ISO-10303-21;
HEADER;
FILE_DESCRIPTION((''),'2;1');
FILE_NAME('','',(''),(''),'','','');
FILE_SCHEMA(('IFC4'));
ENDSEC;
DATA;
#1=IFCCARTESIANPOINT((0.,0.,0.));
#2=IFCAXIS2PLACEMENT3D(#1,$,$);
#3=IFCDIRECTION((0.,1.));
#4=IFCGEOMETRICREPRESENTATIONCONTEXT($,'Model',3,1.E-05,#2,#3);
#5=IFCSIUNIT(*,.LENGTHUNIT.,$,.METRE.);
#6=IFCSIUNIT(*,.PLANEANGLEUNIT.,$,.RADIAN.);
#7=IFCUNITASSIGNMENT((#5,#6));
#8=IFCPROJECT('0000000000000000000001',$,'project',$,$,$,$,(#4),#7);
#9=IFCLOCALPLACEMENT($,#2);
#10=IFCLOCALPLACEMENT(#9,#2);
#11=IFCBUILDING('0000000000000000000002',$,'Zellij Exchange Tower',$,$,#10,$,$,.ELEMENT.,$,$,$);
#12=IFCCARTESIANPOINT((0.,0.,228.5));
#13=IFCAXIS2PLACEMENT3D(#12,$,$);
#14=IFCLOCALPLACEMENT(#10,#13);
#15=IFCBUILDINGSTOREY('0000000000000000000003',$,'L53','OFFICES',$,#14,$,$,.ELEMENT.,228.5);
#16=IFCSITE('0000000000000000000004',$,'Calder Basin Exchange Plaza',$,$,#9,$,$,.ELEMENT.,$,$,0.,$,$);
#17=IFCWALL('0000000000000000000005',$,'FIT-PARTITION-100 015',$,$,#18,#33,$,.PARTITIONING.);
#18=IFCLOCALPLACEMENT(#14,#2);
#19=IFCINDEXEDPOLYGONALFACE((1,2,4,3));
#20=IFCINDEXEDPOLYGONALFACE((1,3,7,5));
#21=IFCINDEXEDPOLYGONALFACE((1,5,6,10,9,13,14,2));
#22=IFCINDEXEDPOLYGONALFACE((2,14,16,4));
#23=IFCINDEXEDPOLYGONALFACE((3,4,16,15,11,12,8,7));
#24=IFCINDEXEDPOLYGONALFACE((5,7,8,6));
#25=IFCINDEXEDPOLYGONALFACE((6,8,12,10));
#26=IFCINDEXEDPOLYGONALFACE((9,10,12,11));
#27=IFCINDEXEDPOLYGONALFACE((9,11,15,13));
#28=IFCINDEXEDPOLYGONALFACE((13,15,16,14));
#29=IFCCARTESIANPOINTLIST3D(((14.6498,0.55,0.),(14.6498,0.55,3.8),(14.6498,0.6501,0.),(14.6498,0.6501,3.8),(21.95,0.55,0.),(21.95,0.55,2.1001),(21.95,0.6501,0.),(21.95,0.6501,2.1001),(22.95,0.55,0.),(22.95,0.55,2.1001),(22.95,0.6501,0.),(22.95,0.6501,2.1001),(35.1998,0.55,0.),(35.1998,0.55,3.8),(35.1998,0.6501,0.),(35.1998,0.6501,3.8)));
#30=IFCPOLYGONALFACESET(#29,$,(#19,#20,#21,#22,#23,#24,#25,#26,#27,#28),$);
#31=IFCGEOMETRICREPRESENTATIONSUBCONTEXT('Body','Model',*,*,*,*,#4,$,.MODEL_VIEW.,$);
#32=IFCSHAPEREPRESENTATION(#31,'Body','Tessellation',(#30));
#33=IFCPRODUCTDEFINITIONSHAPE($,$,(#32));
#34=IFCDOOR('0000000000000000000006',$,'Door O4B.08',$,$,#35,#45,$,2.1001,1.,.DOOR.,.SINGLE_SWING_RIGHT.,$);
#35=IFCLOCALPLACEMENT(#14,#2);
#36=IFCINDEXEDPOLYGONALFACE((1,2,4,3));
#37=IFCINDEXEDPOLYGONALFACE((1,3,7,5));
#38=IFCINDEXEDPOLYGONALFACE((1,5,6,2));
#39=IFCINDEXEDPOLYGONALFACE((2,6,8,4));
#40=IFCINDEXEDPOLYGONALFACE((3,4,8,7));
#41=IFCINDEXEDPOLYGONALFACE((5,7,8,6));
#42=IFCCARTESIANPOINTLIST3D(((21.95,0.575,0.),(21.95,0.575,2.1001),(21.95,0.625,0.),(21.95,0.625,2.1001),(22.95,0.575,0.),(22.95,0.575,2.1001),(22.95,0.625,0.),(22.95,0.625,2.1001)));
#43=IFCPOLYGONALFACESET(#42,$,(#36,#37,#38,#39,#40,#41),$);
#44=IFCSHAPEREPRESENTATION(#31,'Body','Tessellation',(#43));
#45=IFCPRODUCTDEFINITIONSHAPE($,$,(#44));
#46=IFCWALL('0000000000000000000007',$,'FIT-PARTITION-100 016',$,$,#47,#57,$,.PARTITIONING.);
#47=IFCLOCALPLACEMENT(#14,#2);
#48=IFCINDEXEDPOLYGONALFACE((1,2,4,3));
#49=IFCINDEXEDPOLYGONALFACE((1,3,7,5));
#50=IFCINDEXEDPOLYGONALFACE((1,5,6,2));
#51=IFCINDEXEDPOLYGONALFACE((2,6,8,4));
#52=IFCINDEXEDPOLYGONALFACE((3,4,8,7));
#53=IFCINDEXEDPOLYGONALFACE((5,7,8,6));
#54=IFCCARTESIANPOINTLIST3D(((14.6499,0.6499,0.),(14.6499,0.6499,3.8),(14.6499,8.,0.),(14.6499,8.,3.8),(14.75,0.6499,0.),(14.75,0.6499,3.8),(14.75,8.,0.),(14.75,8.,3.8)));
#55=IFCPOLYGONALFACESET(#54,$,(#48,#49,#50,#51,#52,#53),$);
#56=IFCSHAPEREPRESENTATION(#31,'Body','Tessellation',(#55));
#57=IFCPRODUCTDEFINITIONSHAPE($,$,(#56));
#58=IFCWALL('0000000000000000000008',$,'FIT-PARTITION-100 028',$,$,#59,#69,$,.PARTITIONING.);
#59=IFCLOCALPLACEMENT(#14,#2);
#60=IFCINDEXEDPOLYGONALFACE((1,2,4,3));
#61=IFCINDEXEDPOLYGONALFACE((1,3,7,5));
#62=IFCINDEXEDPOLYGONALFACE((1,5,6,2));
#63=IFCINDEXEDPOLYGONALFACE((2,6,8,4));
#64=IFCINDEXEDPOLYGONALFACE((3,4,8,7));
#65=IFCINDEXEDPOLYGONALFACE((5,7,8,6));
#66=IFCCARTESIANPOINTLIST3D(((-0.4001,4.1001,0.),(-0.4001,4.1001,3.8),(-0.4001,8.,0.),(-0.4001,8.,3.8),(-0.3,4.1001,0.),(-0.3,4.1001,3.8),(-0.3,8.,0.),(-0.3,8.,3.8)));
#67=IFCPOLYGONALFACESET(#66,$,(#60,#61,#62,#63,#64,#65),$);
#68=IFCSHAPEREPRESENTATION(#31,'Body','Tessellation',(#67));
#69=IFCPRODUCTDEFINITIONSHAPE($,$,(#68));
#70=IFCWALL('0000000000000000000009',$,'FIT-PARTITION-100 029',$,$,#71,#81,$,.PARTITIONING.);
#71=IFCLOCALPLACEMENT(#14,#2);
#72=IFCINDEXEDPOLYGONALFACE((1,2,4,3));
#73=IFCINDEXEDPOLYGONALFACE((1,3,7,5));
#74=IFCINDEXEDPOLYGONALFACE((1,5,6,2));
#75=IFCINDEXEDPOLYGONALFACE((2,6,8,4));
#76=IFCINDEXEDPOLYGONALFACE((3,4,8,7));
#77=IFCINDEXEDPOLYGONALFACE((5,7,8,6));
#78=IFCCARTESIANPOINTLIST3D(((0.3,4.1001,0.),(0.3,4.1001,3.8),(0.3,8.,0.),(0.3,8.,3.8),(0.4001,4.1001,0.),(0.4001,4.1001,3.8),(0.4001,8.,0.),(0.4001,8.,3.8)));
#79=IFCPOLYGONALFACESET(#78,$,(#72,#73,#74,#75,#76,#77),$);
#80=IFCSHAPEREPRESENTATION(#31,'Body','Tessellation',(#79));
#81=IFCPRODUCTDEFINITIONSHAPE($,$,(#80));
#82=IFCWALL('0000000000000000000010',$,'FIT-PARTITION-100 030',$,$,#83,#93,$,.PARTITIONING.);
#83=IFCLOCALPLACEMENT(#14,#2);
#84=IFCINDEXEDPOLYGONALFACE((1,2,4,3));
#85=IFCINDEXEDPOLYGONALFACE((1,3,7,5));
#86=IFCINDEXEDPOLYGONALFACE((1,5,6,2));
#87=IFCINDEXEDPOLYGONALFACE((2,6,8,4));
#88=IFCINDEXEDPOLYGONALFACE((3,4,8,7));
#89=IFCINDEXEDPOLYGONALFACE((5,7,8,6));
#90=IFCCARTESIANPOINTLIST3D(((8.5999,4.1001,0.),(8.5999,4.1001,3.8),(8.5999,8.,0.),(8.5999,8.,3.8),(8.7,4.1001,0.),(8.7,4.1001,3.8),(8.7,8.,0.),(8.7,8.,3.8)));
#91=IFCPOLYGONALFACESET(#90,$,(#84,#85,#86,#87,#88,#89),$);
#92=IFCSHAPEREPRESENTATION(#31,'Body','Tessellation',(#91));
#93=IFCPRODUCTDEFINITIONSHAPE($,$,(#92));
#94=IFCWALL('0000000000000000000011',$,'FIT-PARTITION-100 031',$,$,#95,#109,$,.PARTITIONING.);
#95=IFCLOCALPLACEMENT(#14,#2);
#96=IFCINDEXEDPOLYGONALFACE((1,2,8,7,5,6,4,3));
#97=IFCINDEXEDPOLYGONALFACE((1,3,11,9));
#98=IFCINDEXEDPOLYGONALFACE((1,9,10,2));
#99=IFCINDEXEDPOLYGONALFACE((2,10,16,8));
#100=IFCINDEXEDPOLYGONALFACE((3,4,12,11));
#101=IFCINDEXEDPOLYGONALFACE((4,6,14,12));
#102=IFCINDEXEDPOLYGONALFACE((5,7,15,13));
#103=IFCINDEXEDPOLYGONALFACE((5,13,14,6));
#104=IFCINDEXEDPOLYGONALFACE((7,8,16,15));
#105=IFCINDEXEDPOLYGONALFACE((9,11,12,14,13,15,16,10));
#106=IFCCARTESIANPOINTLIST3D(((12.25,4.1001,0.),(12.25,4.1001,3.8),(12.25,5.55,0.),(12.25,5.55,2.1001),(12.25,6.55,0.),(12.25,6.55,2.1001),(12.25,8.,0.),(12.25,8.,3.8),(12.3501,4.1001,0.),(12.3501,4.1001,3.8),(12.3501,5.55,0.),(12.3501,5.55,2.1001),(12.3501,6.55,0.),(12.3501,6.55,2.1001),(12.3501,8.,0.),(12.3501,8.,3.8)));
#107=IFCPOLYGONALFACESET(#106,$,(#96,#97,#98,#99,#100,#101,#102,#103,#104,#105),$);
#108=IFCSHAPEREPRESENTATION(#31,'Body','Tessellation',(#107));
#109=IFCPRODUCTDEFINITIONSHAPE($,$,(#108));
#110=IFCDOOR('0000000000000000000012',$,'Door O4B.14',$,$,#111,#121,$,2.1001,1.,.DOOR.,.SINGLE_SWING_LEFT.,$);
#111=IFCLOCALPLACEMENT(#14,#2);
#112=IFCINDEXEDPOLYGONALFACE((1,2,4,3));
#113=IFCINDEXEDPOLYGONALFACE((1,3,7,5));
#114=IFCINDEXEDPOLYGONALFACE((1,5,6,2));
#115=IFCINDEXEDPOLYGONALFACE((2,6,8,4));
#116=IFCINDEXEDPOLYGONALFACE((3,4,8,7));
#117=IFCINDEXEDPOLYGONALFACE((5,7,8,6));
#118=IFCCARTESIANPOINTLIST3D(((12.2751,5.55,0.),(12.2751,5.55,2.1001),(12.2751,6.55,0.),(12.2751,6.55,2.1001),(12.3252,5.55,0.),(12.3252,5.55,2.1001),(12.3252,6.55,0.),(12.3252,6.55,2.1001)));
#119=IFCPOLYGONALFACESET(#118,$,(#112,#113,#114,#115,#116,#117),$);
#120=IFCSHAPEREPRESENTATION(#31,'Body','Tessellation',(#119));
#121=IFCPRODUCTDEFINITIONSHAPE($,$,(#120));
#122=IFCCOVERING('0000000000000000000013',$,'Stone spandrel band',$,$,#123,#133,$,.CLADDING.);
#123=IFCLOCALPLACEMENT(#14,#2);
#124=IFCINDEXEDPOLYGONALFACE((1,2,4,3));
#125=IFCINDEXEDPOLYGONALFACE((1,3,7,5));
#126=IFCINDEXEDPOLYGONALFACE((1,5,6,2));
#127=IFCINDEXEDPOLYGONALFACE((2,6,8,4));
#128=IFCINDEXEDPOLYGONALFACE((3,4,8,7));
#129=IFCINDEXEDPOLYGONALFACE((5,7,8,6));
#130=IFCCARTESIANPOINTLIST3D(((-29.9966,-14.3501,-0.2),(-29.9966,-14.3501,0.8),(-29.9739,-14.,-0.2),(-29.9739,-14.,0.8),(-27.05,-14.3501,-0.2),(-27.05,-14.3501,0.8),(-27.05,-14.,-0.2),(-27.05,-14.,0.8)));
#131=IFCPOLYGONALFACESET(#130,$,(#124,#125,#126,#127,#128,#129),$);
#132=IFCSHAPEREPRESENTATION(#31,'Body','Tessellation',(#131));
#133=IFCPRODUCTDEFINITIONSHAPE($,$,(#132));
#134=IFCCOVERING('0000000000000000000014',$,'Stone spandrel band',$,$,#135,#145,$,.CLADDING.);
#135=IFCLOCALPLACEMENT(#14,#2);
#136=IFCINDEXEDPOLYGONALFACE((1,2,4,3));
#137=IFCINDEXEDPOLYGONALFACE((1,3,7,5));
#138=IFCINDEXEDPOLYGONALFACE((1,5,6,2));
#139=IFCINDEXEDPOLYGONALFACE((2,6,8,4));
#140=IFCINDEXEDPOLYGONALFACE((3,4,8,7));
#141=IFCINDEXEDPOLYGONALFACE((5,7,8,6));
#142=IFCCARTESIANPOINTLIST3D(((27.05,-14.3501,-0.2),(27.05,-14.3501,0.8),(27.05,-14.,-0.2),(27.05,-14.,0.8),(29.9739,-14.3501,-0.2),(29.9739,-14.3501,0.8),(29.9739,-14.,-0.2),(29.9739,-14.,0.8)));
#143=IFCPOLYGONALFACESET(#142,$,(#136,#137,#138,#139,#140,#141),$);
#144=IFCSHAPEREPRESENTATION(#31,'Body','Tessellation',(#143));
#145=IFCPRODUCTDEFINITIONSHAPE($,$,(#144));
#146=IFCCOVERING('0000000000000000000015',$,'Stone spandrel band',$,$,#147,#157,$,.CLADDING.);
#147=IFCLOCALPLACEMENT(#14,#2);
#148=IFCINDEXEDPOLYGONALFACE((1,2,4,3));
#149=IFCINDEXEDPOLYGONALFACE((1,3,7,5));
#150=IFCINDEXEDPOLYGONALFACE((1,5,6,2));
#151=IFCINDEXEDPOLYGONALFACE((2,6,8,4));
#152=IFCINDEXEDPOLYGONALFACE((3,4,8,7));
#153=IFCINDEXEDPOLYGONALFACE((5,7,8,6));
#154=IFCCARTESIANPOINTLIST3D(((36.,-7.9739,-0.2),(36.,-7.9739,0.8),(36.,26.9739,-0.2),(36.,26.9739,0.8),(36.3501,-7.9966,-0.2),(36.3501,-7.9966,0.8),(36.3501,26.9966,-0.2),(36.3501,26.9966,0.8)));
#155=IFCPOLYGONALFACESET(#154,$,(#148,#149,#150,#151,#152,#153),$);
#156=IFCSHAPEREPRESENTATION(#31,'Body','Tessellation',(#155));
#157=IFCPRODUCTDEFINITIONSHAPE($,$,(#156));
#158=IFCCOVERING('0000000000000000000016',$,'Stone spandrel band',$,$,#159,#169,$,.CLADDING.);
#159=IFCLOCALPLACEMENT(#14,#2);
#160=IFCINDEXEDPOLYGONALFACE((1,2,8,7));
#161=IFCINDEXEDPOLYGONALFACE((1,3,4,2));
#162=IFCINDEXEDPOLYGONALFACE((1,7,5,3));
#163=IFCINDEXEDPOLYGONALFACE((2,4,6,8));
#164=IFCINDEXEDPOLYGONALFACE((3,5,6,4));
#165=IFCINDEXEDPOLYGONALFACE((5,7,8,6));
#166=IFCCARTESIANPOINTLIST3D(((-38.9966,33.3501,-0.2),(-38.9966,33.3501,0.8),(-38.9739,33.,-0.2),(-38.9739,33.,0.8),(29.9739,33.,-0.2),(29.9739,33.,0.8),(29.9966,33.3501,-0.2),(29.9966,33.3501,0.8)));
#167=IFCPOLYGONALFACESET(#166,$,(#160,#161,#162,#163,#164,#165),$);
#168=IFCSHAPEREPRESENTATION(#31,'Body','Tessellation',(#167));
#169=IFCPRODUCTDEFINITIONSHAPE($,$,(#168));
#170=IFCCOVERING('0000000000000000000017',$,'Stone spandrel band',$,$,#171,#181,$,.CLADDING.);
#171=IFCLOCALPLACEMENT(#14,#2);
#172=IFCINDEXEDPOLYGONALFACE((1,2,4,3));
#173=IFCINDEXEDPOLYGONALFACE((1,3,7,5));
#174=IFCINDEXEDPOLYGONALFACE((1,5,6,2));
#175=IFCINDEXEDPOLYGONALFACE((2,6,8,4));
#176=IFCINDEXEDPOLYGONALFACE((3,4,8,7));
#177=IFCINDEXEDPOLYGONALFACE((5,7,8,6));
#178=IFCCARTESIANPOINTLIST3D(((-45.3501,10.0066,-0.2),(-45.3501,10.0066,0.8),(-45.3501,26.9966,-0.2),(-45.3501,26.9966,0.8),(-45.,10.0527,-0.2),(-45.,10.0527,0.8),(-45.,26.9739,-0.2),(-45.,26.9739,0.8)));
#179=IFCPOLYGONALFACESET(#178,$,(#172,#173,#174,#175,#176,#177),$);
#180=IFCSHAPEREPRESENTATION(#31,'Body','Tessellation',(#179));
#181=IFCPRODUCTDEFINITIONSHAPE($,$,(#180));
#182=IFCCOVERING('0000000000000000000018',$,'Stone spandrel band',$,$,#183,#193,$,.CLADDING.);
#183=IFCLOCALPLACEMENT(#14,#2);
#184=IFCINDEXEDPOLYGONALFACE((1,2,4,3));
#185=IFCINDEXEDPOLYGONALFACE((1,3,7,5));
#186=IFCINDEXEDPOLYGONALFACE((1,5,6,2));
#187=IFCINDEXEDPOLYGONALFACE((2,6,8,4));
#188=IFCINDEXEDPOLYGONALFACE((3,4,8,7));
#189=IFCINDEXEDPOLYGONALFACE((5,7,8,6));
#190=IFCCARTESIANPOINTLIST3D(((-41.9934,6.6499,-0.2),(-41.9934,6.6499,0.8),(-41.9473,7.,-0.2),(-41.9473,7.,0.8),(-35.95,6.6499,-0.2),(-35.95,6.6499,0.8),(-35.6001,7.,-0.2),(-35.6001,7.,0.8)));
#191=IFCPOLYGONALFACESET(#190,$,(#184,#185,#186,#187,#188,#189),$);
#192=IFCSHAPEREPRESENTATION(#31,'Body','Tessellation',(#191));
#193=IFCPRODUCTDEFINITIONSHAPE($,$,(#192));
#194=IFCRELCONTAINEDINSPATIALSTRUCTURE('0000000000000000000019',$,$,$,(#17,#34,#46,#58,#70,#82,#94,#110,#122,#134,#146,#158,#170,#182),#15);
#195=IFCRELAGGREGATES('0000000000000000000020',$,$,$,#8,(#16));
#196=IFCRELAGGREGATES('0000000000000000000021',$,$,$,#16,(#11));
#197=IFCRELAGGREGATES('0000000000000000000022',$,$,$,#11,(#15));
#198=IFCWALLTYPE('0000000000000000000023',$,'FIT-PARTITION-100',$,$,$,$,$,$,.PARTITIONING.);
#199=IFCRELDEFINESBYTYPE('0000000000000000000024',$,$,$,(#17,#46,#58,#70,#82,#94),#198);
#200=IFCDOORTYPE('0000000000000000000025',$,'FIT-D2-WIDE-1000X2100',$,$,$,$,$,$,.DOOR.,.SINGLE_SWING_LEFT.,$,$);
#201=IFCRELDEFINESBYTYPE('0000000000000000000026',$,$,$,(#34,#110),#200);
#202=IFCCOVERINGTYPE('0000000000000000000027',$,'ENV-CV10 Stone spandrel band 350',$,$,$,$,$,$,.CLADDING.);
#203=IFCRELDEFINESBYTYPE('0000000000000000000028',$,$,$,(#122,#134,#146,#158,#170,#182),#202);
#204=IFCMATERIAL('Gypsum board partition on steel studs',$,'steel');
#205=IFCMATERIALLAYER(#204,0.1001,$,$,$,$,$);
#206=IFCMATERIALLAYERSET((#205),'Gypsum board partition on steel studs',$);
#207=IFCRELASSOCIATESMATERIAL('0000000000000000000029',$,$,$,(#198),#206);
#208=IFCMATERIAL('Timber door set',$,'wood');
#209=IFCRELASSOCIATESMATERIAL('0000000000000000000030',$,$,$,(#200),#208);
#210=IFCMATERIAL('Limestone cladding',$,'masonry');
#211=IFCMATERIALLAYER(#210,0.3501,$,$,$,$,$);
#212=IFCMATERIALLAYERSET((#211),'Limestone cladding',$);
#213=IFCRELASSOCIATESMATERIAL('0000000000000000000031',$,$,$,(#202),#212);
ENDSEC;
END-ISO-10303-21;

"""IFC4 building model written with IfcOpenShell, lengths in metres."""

from ifc_helpers import new_model, si_unit, direction, frame, frame_2d, origin, place, context, subcontext, project, spatial, polyline, rectangle, outline, extrude, material, layer, layer_set, type_object, element, fill, save


model = new_model("IFC4")

# Units and contexts
model_context = context("Model", 3, precision=1e-05, world=origin(), true_north=direction((0.0, 1.0)))
body_context = subcontext(model_context, "Body", "Model", "MODEL_VIEW")
ifc_project = project(units=[si_unit("LENGTHUNIT", "METRE"), si_unit("PLANEANGLEUNIT", "RADIAN")], contexts=[model_context])

# Site, building, storey
site_placement = place(None, origin())
site = spatial("IfcSite", under=ifc_project, at=site_placement, Name="Calder Basin Exchange Plaza", CompositionType="ELEMENT", RefElevation=0.0)
building_placement = place(site_placement, origin())
building = spatial("IfcBuilding", under=site, at=building_placement, Name="Zellij Exchange Tower", CompositionType="ELEMENT")
storey_placement = place(building_placement, frame((0.0, 0.0, 228.5)))
storey = spatial("IfcBuildingStorey", under=building, at=storey_placement, Name="L53", Description="OFFICES", CompositionType="ELEMENT", Elevation=228.5)

# Wall, opening, door
ifc_material_1 = material(Name="Gypsum board partition on steel studs", Category="steel")
ifc_layer_1 = layer(ifc_material_1, 0.1001)
ifc_layer_set_1 = layer_set([ifc_layer_1], Name="Gypsum board partition on steel studs")
wall_type_1 = type_object("IfcWallType", Name="FIT-PARTITION-100", PredefinedType="PARTITIONING", material=ifc_layer_set_1)
wall_1_placement = place(storey_placement, frame((14.6499, 0.6001, 0.0), z_axis=(0.0, 0.0, 1.0), x_axis=(1.0, 0.0, 0.0)))
wall_1 = element("IfcWall", 1, at=wall_1_placement, inside=storey, type_object=wall_type_1, Name="FIT-PARTITION-100 015", PredefinedType="PARTITIONING", context=body_context, shape_type="SweptSolid", body=[
    extrude(rectangle(XDim=20.55, YDim=0.1001, at=frame_2d((10.2749, 0.0))), origin(), (0.0, 0.0, 1.0), 3.8),
])
opening_1_placement = place(wall_1_placement, frame((7.3, 0.0, 0.0)))
opening_1 = element("IfcOpeningElement", 2, at=opening_1_placement, cuts=wall_1, PredefinedType="OPENING", context=body_context, shape_type="SweptSolid", body=[
    extrude(rectangle(XDim=1.0, YDim=2.1001, at=frame_2d((0.5, 1.05))), frame((0.0, 0.062, 0.0), z_axis=(0.0, -1.0, 0.0), x_axis=(1.0, 0.0, 0.0)), (0.0, 0.0, 1.0), 0.124),
])
ifc_material_2 = material(Name="Timber door set", Category="wood")
door_type = type_object("IfcDoorType", Name="FIT-D2-WIDE-1000X2100", OperationType="SINGLE_SWING_LEFT", PredefinedType="DOOR", material=ifc_material_2)
door_1_placement = place(opening_1_placement, origin())
door_1 = element("IfcDoor", 3, at=door_1_placement, inside=storey, type_object=door_type, Name="Door O4B.08", OperationType="SINGLE_SWING_RIGHT", OverallHeight=2.1001, OverallWidth=1.0, PredefinedType="DOOR", context=body_context, shape_type="SweptSolid", body=[
    extrude(rectangle(XDim=1.0, YDim=2.1001, at=frame_2d((0.5, 1.05))), frame((0.0, 0.0249, 0.0), z_axis=(0.0, -1.0, 0.0), x_axis=(1.0, 0.0, 0.0)), (0.0, 0.0, 1.0), 0.05),
])
fill(opening_1, door_1)

# Walls
wall_2_placement = place(storey_placement, frame((14.7, 0.6499, 0.0), z_axis=(0.0, 0.0, 1.0), x_axis=(0.0, 1.0, 0.0)))
element("IfcWall", 4, at=wall_2_placement, inside=storey, type_object=wall_type_1, Name="FIT-PARTITION-100 016", PredefinedType="PARTITIONING", context=body_context, shape_type="SweptSolid", body=[
    extrude(rectangle(XDim=7.3501, YDim=0.1001, at=frame_2d((3.675, 0.0))), origin(), (0.0, 0.0, 1.0), 3.8),
])
for number, where, z_axis, x_axis, name in (
    (5, (-0.3501, 4.1001, 0.0), (0.0, 0.0, 1.0), (0.0, 1.0, 0.0), "FIT-PARTITION-100 028"),
    (6, (0.3501, 4.1001, 0.0), (0.0, 0.0, 1.0), (0.0, 1.0, 0.0), "FIT-PARTITION-100 029"),
    (7, (8.6499, 4.1001, 0.0), (0.0, 0.0, 1.0), (0.0, 1.0, 0.0), "FIT-PARTITION-100 030"),
):
    element("IfcWall", number, at=place(storey_placement, frame(where, z_axis=z_axis, x_axis=x_axis)), inside=storey, type_object=wall_type_1, Name=name, PredefinedType="PARTITIONING", context=body_context, shape_type="SweptSolid", body=[
        extrude(rectangle(XDim=3.8999, YDim=0.1001, at=frame_2d((1.95, 0.0))), origin(), (0.0, 0.0, 1.0), 3.8),
    ])

# Wall, opening, door
wall_3_placement = place(storey_placement, frame((12.3, 4.1001, 0.0), z_axis=(0.0, 0.0, 1.0), x_axis=(0.0, 1.0, 0.0)))
wall_3 = element("IfcWall", 8, at=wall_3_placement, inside=storey, type_object=wall_type_1, Name="FIT-PARTITION-100 031", PredefinedType="PARTITIONING", context=body_context, shape_type="SweptSolid", body=[
    extrude(rectangle(XDim=3.8999, YDim=0.1001, at=frame_2d((1.95, 0.0))), origin(), (0.0, 0.0, 1.0), 3.8),
])
opening_2_placement = place(wall_3_placement, frame((1.45, 0.0, 0.0)))
opening_2 = element("IfcOpeningElement", 9, at=opening_2_placement, cuts=wall_3, PredefinedType="OPENING", context=body_context, shape_type="SweptSolid", body=[
    extrude(rectangle(XDim=1.0, YDim=2.1001, at=frame_2d((0.5, 1.05))), frame((0.0, 0.062, 0.0), z_axis=(0.0, -1.0, 0.0), x_axis=(1.0, 0.0, 0.0)), (0.0, 0.0, 1.0), 0.124),
])
door_2_placement = place(opening_2_placement, origin())
door_2 = element("IfcDoor", 10, at=door_2_placement, inside=storey, type_object=door_type, Name="Door O4B.14", OperationType="SINGLE_SWING_LEFT", OverallHeight=2.1001, OverallWidth=1.0, PredefinedType="DOOR", context=body_context, shape_type="SweptSolid", body=[
    extrude(rectangle(XDim=1.0, YDim=2.1001, at=frame_2d((0.5, 1.05))), frame((0.0, 0.0249, 0.0), z_axis=(0.0, -1.0, 0.0), x_axis=(1.0, 0.0, 0.0)), (0.0, 0.0, 1.0), 0.05),
])
fill(opening_2, door_2)

# Coverings
ifc_material_3 = material(Name="Limestone cladding", Category="masonry")
ifc_layer_2 = layer(ifc_material_3, 0.3501)
ifc_layer_set_2 = layer_set([ifc_layer_2], Name="Limestone cladding")
covering_type = type_object("IfcCoveringType", Name="ENV-CV10 Stone spandrel band 350", PredefinedType="CLADDING", material=ifc_layer_set_2)
covering_1_placement = place(storey_placement, frame((0.0, 0.0, -0.2)))
element("IfcCovering", 11, at=covering_1_placement, inside=storey, type_object=covering_type, Name="Stone spandrel band", PredefinedType="CLADDING", context=body_context, shape_type="SweptSolid", body=[
    extrude(outline(polyline([(-29.9739, -14.0), (-27.05, -14.0), (-27.05, -14.3501), (-29.9966, -14.3501), (-29.9739, -14.0)])), origin(), (0.0, 0.0, 1.0), 1.0),
])
covering_2_placement = place(storey_placement, frame((0.0, 0.0, -0.2)))
element("IfcCovering", 12, at=covering_2_placement, inside=storey, type_object=covering_type, Name="Stone spandrel band", PredefinedType="CLADDING", context=body_context, shape_type="SweptSolid", body=[
    extrude(outline(polyline([(27.05, -14.0), (29.9739, -14.0), (29.9739, -14.3501), (27.05, -14.3501), (27.05, -14.0)])), origin(), (0.0, 0.0, 1.0), 1.0),
])
covering_3_placement = place(storey_placement, frame((0.0, 0.0, -0.2)))
element("IfcCovering", 13, at=covering_3_placement, inside=storey, type_object=covering_type, Name="Stone spandrel band", PredefinedType="CLADDING", context=body_context, shape_type="SweptSolid", body=[
    extrude(outline(polyline([(36.0, -7.9739), (36.0, 26.9739), (36.3501, 26.9966), (36.3501, -7.9966), (36.0, -7.9739)])), origin(), (0.0, 0.0, 1.0), 1.0),
])
covering_4_placement = place(storey_placement, frame((0.0, 0.0, -0.2)))
element("IfcCovering", 14, at=covering_4_placement, inside=storey, type_object=covering_type, Name="Stone spandrel band", PredefinedType="CLADDING", context=body_context, shape_type="SweptSolid", body=[
    extrude(outline(polyline([(29.9739, 33.0), (-38.9739, 33.0), (-38.9966, 33.3501), (29.9966, 33.3501), (29.9739, 33.0)])), origin(), (0.0, 0.0, 1.0), 1.0),
])
covering_5_placement = place(storey_placement, frame((0.0, 0.0, -0.2)))
element("IfcCovering", 15, at=covering_5_placement, inside=storey, type_object=covering_type, Name="Stone spandrel band", PredefinedType="CLADDING", context=body_context, shape_type="SweptSolid", body=[
    extrude(outline(polyline([(-45.0, 26.9739), (-45.0, 10.0527), (-45.3501, 10.0066), (-45.3501, 26.9966), (-45.0, 26.9739)])), origin(), (0.0, 0.0, 1.0), 1.0),
])
covering_6_placement = place(storey_placement, frame((0.0, 0.0, -0.2)))
element("IfcCovering", 16, at=covering_6_placement, inside=storey, type_object=covering_type, Name="Stone spandrel band", PredefinedType="CLADDING", context=body_context, shape_type="SweptSolid", body=[
    extrude(outline(polyline([(-41.9473, 7.0), (-35.6001, 7.0), (-35.95, 6.6499), (-41.9934, 6.6499), (-41.9473, 7.0)])), origin(), (0.0, 0.0, 1.0), 1.0),
])

save(model, "model.ifc")
